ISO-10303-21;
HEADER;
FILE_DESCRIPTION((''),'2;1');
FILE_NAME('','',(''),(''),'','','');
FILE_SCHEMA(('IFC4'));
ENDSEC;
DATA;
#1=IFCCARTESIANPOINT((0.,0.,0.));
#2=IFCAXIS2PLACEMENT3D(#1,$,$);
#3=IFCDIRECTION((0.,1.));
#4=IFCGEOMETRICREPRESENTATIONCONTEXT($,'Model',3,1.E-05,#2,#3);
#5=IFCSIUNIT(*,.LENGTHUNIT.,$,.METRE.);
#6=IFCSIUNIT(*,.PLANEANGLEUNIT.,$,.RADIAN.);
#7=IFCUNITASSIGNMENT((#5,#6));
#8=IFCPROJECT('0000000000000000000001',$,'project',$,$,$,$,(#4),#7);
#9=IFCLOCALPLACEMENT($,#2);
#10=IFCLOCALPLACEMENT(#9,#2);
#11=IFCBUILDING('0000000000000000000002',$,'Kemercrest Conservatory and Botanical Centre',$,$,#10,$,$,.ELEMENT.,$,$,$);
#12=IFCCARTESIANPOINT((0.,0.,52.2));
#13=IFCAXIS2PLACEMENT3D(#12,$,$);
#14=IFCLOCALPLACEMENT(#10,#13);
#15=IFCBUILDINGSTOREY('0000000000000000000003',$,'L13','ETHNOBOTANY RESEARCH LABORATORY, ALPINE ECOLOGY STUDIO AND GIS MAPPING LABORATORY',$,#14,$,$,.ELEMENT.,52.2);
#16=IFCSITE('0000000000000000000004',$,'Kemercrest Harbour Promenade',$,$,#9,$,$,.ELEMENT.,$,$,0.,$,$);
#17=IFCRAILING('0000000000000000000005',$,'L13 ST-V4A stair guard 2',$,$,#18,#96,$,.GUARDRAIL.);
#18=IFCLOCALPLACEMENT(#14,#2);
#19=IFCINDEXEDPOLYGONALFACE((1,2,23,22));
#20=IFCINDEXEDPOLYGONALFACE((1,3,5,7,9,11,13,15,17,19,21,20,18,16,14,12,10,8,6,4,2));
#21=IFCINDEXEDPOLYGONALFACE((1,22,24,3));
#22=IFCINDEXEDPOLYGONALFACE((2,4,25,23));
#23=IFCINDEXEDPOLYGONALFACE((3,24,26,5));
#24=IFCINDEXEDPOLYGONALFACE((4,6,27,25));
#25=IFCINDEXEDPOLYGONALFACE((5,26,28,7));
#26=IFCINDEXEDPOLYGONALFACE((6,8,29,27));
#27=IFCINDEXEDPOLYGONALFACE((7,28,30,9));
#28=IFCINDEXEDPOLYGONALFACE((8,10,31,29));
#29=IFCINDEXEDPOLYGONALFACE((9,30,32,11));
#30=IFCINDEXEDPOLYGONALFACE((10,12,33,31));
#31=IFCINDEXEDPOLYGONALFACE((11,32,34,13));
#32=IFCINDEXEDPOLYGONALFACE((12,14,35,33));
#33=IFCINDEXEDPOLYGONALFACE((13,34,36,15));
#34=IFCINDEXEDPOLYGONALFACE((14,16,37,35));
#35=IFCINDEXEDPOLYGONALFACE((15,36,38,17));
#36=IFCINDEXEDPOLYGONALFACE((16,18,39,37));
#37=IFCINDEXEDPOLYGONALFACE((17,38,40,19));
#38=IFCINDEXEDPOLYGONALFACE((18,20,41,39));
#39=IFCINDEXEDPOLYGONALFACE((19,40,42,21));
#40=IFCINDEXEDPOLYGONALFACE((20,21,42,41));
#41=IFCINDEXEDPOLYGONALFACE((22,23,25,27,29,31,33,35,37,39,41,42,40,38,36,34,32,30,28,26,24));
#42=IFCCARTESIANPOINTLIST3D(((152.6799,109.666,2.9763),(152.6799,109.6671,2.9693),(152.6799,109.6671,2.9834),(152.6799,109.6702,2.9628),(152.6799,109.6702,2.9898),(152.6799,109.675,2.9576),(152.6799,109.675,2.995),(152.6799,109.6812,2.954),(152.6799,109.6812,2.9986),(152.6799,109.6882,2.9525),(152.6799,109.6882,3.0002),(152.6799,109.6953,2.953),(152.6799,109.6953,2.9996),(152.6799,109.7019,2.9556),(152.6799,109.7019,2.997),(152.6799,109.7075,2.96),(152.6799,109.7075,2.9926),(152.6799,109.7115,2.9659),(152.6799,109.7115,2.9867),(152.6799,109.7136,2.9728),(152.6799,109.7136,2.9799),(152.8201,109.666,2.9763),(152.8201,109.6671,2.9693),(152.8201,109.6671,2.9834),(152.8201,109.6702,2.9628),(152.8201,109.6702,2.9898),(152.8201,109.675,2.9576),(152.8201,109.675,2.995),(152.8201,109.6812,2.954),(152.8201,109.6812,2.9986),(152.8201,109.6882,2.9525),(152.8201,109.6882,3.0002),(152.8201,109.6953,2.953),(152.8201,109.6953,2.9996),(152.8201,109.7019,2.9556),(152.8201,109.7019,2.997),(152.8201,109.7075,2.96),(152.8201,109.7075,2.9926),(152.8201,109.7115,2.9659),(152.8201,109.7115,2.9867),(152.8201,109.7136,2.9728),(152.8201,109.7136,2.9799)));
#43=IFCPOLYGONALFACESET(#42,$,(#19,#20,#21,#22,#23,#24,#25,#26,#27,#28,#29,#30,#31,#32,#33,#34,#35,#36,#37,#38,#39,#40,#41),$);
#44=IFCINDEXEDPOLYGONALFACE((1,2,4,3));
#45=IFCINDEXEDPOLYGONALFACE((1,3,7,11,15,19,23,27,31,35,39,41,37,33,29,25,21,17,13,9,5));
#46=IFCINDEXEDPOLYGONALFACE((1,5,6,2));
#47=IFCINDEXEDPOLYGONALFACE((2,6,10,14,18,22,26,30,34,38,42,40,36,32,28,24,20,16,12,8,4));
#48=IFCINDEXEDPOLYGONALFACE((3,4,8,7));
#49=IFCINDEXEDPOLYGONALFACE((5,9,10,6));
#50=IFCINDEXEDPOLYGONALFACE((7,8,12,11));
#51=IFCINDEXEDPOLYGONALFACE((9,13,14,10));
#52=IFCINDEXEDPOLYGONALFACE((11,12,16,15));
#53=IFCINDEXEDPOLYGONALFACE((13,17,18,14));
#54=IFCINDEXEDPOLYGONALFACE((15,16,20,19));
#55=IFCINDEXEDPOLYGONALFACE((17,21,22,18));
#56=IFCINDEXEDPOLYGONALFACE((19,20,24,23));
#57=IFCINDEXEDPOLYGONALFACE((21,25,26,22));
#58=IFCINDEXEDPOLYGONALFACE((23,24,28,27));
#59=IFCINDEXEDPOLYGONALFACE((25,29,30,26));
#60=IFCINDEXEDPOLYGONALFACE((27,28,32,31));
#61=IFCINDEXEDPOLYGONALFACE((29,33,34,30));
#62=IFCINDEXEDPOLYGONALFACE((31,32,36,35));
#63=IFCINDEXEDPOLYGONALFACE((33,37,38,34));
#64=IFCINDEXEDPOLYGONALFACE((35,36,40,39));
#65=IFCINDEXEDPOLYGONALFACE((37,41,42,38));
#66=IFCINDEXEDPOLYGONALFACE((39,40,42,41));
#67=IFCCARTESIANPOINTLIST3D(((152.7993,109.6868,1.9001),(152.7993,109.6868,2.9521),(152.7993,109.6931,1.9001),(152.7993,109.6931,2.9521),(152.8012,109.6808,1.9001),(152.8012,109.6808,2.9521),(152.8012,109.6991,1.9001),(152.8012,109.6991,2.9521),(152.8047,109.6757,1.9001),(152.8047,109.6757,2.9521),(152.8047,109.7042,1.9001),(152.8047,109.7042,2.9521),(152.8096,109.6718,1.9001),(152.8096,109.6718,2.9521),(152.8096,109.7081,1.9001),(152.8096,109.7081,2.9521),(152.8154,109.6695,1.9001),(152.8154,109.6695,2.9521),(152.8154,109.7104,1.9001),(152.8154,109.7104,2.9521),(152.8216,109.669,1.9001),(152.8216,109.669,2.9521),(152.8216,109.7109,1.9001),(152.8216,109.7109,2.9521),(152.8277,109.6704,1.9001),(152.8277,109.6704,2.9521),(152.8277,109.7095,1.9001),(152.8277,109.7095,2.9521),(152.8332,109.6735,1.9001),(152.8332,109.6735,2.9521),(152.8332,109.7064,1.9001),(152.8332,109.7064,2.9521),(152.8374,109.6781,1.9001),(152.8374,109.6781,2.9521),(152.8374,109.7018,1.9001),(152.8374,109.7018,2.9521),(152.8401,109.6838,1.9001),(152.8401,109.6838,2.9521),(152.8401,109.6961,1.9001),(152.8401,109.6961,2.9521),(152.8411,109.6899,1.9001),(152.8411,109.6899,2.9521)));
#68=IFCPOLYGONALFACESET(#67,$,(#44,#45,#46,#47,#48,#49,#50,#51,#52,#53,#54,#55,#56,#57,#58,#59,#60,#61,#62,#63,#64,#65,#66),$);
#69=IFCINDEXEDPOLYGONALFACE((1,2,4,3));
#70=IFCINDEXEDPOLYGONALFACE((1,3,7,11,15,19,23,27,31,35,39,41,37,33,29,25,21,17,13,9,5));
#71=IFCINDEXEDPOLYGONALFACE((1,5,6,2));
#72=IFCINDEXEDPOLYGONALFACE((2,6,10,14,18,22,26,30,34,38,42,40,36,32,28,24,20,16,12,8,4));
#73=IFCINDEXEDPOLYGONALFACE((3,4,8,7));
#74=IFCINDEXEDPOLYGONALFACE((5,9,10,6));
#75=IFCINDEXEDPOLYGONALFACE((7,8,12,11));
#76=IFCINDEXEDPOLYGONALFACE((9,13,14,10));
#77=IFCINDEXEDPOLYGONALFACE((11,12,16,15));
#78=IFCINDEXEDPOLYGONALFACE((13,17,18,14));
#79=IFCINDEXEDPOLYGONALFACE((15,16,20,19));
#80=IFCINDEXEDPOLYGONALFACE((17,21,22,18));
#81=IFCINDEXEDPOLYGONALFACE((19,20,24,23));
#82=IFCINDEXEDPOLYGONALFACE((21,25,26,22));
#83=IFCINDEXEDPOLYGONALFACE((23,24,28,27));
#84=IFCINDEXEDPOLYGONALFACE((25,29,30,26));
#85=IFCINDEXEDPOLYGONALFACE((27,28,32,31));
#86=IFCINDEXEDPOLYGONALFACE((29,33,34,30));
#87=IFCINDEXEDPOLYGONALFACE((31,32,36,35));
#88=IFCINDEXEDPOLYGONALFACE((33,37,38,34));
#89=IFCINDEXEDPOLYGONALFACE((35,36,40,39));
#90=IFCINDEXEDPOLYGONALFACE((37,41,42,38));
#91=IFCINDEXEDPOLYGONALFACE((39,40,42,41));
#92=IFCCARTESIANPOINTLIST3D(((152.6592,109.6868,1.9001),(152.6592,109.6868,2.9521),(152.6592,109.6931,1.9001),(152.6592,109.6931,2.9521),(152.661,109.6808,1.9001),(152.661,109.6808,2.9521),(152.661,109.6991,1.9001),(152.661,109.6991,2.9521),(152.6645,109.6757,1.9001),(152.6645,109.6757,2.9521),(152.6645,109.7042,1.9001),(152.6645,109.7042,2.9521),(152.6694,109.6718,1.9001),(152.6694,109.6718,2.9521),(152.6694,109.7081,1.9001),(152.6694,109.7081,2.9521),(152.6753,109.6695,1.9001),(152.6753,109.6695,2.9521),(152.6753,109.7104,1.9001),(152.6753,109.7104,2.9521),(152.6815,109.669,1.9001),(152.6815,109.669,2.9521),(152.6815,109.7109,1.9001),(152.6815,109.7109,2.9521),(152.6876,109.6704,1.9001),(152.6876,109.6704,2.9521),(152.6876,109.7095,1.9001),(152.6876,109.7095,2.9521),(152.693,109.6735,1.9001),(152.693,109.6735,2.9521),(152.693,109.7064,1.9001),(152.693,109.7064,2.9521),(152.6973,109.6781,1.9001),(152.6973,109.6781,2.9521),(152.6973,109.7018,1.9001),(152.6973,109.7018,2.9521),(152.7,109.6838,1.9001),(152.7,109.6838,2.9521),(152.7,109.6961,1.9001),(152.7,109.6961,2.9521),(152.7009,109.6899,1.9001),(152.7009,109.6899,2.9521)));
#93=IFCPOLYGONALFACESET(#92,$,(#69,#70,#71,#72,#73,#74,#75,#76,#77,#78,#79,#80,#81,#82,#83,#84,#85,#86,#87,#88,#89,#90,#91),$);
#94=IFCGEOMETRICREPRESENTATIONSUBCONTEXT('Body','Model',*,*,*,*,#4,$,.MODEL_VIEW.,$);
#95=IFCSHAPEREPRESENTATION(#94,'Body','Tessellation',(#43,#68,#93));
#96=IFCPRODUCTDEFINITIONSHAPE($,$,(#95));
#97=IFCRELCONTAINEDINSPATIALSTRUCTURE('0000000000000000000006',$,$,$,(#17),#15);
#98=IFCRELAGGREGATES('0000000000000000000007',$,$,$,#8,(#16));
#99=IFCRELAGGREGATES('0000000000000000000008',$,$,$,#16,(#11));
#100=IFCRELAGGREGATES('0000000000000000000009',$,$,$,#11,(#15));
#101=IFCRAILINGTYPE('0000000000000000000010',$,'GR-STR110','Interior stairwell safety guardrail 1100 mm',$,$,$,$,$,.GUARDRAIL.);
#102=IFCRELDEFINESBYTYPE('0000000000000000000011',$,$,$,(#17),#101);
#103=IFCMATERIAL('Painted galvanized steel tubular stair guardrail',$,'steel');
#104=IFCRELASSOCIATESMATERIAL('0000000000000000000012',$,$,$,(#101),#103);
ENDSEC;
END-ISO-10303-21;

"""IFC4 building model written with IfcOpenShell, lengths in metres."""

from ifc_helpers import new_model, si_unit, direction, frame, origin, origin_2d, place, context, subcontext, project, spatial, circle, extrude, material, type_object, element, save


model = new_model("IFC4")

# Units and contexts
model_context = context("Model", 3, precision=1e-05, world=origin(), true_north=direction((0.0, 1.0)))
body_context = subcontext(model_context, "Body", "Model", "MODEL_VIEW")
ifc_project = project(units=[si_unit("LENGTHUNIT", "METRE"), si_unit("PLANEANGLEUNIT", "RADIAN")], contexts=[model_context])

# Site, building, storey
site_placement = place(None, origin())
site = spatial("IfcSite", under=ifc_project, at=site_placement, Name="Kemercrest Harbour Promenade", CompositionType="ELEMENT", RefElevation=0.0)
building_placement = place(site_placement, origin())
building = spatial("IfcBuilding", under=site, at=building_placement, Name="Kemercrest Conservatory and Botanical Centre", CompositionType="ELEMENT")
storey_placement = place(building_placement, frame((0.0, 0.0, 52.2)))
storey = spatial("IfcBuildingStorey", under=building, at=storey_placement, Name="L13", Description="ETHNOBOTANY RESEARCH LABORATORY, ALPINE ECOLOGY STUDIO AND GIS MAPPING LABORATORY", CompositionType="ELEMENT", Elevation=52.2)

# Railing
ifc_material_1 = material(Name="Painted galvanized steel tubular stair guardrail", Category="steel")
railing_type_1 = type_object("IfcRailingType", Name="GR-STR110", Description="Interior stairwell safety guardrail 1100 mm", PredefinedType="GUARDRAIL", material=ifc_material_1)
railing_1_placement = place(storey_placement, frame((152.8201, 109.6899, 1.9001)))
element("IfcRailing", 1, at=railing_1_placement, inside=storey, type_object=railing_type_1, Name="L13 ST-V4A stair guard 2", PredefinedType="GUARDRAIL", context=body_context, shape_type="SweptSolid", body=[
    extrude(circle(Radius=0.0239, at=origin_2d()), frame((0.0, 0.0, 1.0762), z_axis=(-1.0, 0.0, 0.0), x_axis=(0.0, -1.0, 0.0)), (0.0, 0.0, 1.0), 0.1401),
    extrude(circle(Radius=0.021, at=origin_2d()), origin(), (0.0, 0.0, 1.0), 1.052),
    extrude(circle(Radius=0.021, at=origin_2d()), frame((-0.1401, 0.0, 0.0)), (0.0, 0.0, 1.0), 1.052),
])

save(model, "model.ifc")
